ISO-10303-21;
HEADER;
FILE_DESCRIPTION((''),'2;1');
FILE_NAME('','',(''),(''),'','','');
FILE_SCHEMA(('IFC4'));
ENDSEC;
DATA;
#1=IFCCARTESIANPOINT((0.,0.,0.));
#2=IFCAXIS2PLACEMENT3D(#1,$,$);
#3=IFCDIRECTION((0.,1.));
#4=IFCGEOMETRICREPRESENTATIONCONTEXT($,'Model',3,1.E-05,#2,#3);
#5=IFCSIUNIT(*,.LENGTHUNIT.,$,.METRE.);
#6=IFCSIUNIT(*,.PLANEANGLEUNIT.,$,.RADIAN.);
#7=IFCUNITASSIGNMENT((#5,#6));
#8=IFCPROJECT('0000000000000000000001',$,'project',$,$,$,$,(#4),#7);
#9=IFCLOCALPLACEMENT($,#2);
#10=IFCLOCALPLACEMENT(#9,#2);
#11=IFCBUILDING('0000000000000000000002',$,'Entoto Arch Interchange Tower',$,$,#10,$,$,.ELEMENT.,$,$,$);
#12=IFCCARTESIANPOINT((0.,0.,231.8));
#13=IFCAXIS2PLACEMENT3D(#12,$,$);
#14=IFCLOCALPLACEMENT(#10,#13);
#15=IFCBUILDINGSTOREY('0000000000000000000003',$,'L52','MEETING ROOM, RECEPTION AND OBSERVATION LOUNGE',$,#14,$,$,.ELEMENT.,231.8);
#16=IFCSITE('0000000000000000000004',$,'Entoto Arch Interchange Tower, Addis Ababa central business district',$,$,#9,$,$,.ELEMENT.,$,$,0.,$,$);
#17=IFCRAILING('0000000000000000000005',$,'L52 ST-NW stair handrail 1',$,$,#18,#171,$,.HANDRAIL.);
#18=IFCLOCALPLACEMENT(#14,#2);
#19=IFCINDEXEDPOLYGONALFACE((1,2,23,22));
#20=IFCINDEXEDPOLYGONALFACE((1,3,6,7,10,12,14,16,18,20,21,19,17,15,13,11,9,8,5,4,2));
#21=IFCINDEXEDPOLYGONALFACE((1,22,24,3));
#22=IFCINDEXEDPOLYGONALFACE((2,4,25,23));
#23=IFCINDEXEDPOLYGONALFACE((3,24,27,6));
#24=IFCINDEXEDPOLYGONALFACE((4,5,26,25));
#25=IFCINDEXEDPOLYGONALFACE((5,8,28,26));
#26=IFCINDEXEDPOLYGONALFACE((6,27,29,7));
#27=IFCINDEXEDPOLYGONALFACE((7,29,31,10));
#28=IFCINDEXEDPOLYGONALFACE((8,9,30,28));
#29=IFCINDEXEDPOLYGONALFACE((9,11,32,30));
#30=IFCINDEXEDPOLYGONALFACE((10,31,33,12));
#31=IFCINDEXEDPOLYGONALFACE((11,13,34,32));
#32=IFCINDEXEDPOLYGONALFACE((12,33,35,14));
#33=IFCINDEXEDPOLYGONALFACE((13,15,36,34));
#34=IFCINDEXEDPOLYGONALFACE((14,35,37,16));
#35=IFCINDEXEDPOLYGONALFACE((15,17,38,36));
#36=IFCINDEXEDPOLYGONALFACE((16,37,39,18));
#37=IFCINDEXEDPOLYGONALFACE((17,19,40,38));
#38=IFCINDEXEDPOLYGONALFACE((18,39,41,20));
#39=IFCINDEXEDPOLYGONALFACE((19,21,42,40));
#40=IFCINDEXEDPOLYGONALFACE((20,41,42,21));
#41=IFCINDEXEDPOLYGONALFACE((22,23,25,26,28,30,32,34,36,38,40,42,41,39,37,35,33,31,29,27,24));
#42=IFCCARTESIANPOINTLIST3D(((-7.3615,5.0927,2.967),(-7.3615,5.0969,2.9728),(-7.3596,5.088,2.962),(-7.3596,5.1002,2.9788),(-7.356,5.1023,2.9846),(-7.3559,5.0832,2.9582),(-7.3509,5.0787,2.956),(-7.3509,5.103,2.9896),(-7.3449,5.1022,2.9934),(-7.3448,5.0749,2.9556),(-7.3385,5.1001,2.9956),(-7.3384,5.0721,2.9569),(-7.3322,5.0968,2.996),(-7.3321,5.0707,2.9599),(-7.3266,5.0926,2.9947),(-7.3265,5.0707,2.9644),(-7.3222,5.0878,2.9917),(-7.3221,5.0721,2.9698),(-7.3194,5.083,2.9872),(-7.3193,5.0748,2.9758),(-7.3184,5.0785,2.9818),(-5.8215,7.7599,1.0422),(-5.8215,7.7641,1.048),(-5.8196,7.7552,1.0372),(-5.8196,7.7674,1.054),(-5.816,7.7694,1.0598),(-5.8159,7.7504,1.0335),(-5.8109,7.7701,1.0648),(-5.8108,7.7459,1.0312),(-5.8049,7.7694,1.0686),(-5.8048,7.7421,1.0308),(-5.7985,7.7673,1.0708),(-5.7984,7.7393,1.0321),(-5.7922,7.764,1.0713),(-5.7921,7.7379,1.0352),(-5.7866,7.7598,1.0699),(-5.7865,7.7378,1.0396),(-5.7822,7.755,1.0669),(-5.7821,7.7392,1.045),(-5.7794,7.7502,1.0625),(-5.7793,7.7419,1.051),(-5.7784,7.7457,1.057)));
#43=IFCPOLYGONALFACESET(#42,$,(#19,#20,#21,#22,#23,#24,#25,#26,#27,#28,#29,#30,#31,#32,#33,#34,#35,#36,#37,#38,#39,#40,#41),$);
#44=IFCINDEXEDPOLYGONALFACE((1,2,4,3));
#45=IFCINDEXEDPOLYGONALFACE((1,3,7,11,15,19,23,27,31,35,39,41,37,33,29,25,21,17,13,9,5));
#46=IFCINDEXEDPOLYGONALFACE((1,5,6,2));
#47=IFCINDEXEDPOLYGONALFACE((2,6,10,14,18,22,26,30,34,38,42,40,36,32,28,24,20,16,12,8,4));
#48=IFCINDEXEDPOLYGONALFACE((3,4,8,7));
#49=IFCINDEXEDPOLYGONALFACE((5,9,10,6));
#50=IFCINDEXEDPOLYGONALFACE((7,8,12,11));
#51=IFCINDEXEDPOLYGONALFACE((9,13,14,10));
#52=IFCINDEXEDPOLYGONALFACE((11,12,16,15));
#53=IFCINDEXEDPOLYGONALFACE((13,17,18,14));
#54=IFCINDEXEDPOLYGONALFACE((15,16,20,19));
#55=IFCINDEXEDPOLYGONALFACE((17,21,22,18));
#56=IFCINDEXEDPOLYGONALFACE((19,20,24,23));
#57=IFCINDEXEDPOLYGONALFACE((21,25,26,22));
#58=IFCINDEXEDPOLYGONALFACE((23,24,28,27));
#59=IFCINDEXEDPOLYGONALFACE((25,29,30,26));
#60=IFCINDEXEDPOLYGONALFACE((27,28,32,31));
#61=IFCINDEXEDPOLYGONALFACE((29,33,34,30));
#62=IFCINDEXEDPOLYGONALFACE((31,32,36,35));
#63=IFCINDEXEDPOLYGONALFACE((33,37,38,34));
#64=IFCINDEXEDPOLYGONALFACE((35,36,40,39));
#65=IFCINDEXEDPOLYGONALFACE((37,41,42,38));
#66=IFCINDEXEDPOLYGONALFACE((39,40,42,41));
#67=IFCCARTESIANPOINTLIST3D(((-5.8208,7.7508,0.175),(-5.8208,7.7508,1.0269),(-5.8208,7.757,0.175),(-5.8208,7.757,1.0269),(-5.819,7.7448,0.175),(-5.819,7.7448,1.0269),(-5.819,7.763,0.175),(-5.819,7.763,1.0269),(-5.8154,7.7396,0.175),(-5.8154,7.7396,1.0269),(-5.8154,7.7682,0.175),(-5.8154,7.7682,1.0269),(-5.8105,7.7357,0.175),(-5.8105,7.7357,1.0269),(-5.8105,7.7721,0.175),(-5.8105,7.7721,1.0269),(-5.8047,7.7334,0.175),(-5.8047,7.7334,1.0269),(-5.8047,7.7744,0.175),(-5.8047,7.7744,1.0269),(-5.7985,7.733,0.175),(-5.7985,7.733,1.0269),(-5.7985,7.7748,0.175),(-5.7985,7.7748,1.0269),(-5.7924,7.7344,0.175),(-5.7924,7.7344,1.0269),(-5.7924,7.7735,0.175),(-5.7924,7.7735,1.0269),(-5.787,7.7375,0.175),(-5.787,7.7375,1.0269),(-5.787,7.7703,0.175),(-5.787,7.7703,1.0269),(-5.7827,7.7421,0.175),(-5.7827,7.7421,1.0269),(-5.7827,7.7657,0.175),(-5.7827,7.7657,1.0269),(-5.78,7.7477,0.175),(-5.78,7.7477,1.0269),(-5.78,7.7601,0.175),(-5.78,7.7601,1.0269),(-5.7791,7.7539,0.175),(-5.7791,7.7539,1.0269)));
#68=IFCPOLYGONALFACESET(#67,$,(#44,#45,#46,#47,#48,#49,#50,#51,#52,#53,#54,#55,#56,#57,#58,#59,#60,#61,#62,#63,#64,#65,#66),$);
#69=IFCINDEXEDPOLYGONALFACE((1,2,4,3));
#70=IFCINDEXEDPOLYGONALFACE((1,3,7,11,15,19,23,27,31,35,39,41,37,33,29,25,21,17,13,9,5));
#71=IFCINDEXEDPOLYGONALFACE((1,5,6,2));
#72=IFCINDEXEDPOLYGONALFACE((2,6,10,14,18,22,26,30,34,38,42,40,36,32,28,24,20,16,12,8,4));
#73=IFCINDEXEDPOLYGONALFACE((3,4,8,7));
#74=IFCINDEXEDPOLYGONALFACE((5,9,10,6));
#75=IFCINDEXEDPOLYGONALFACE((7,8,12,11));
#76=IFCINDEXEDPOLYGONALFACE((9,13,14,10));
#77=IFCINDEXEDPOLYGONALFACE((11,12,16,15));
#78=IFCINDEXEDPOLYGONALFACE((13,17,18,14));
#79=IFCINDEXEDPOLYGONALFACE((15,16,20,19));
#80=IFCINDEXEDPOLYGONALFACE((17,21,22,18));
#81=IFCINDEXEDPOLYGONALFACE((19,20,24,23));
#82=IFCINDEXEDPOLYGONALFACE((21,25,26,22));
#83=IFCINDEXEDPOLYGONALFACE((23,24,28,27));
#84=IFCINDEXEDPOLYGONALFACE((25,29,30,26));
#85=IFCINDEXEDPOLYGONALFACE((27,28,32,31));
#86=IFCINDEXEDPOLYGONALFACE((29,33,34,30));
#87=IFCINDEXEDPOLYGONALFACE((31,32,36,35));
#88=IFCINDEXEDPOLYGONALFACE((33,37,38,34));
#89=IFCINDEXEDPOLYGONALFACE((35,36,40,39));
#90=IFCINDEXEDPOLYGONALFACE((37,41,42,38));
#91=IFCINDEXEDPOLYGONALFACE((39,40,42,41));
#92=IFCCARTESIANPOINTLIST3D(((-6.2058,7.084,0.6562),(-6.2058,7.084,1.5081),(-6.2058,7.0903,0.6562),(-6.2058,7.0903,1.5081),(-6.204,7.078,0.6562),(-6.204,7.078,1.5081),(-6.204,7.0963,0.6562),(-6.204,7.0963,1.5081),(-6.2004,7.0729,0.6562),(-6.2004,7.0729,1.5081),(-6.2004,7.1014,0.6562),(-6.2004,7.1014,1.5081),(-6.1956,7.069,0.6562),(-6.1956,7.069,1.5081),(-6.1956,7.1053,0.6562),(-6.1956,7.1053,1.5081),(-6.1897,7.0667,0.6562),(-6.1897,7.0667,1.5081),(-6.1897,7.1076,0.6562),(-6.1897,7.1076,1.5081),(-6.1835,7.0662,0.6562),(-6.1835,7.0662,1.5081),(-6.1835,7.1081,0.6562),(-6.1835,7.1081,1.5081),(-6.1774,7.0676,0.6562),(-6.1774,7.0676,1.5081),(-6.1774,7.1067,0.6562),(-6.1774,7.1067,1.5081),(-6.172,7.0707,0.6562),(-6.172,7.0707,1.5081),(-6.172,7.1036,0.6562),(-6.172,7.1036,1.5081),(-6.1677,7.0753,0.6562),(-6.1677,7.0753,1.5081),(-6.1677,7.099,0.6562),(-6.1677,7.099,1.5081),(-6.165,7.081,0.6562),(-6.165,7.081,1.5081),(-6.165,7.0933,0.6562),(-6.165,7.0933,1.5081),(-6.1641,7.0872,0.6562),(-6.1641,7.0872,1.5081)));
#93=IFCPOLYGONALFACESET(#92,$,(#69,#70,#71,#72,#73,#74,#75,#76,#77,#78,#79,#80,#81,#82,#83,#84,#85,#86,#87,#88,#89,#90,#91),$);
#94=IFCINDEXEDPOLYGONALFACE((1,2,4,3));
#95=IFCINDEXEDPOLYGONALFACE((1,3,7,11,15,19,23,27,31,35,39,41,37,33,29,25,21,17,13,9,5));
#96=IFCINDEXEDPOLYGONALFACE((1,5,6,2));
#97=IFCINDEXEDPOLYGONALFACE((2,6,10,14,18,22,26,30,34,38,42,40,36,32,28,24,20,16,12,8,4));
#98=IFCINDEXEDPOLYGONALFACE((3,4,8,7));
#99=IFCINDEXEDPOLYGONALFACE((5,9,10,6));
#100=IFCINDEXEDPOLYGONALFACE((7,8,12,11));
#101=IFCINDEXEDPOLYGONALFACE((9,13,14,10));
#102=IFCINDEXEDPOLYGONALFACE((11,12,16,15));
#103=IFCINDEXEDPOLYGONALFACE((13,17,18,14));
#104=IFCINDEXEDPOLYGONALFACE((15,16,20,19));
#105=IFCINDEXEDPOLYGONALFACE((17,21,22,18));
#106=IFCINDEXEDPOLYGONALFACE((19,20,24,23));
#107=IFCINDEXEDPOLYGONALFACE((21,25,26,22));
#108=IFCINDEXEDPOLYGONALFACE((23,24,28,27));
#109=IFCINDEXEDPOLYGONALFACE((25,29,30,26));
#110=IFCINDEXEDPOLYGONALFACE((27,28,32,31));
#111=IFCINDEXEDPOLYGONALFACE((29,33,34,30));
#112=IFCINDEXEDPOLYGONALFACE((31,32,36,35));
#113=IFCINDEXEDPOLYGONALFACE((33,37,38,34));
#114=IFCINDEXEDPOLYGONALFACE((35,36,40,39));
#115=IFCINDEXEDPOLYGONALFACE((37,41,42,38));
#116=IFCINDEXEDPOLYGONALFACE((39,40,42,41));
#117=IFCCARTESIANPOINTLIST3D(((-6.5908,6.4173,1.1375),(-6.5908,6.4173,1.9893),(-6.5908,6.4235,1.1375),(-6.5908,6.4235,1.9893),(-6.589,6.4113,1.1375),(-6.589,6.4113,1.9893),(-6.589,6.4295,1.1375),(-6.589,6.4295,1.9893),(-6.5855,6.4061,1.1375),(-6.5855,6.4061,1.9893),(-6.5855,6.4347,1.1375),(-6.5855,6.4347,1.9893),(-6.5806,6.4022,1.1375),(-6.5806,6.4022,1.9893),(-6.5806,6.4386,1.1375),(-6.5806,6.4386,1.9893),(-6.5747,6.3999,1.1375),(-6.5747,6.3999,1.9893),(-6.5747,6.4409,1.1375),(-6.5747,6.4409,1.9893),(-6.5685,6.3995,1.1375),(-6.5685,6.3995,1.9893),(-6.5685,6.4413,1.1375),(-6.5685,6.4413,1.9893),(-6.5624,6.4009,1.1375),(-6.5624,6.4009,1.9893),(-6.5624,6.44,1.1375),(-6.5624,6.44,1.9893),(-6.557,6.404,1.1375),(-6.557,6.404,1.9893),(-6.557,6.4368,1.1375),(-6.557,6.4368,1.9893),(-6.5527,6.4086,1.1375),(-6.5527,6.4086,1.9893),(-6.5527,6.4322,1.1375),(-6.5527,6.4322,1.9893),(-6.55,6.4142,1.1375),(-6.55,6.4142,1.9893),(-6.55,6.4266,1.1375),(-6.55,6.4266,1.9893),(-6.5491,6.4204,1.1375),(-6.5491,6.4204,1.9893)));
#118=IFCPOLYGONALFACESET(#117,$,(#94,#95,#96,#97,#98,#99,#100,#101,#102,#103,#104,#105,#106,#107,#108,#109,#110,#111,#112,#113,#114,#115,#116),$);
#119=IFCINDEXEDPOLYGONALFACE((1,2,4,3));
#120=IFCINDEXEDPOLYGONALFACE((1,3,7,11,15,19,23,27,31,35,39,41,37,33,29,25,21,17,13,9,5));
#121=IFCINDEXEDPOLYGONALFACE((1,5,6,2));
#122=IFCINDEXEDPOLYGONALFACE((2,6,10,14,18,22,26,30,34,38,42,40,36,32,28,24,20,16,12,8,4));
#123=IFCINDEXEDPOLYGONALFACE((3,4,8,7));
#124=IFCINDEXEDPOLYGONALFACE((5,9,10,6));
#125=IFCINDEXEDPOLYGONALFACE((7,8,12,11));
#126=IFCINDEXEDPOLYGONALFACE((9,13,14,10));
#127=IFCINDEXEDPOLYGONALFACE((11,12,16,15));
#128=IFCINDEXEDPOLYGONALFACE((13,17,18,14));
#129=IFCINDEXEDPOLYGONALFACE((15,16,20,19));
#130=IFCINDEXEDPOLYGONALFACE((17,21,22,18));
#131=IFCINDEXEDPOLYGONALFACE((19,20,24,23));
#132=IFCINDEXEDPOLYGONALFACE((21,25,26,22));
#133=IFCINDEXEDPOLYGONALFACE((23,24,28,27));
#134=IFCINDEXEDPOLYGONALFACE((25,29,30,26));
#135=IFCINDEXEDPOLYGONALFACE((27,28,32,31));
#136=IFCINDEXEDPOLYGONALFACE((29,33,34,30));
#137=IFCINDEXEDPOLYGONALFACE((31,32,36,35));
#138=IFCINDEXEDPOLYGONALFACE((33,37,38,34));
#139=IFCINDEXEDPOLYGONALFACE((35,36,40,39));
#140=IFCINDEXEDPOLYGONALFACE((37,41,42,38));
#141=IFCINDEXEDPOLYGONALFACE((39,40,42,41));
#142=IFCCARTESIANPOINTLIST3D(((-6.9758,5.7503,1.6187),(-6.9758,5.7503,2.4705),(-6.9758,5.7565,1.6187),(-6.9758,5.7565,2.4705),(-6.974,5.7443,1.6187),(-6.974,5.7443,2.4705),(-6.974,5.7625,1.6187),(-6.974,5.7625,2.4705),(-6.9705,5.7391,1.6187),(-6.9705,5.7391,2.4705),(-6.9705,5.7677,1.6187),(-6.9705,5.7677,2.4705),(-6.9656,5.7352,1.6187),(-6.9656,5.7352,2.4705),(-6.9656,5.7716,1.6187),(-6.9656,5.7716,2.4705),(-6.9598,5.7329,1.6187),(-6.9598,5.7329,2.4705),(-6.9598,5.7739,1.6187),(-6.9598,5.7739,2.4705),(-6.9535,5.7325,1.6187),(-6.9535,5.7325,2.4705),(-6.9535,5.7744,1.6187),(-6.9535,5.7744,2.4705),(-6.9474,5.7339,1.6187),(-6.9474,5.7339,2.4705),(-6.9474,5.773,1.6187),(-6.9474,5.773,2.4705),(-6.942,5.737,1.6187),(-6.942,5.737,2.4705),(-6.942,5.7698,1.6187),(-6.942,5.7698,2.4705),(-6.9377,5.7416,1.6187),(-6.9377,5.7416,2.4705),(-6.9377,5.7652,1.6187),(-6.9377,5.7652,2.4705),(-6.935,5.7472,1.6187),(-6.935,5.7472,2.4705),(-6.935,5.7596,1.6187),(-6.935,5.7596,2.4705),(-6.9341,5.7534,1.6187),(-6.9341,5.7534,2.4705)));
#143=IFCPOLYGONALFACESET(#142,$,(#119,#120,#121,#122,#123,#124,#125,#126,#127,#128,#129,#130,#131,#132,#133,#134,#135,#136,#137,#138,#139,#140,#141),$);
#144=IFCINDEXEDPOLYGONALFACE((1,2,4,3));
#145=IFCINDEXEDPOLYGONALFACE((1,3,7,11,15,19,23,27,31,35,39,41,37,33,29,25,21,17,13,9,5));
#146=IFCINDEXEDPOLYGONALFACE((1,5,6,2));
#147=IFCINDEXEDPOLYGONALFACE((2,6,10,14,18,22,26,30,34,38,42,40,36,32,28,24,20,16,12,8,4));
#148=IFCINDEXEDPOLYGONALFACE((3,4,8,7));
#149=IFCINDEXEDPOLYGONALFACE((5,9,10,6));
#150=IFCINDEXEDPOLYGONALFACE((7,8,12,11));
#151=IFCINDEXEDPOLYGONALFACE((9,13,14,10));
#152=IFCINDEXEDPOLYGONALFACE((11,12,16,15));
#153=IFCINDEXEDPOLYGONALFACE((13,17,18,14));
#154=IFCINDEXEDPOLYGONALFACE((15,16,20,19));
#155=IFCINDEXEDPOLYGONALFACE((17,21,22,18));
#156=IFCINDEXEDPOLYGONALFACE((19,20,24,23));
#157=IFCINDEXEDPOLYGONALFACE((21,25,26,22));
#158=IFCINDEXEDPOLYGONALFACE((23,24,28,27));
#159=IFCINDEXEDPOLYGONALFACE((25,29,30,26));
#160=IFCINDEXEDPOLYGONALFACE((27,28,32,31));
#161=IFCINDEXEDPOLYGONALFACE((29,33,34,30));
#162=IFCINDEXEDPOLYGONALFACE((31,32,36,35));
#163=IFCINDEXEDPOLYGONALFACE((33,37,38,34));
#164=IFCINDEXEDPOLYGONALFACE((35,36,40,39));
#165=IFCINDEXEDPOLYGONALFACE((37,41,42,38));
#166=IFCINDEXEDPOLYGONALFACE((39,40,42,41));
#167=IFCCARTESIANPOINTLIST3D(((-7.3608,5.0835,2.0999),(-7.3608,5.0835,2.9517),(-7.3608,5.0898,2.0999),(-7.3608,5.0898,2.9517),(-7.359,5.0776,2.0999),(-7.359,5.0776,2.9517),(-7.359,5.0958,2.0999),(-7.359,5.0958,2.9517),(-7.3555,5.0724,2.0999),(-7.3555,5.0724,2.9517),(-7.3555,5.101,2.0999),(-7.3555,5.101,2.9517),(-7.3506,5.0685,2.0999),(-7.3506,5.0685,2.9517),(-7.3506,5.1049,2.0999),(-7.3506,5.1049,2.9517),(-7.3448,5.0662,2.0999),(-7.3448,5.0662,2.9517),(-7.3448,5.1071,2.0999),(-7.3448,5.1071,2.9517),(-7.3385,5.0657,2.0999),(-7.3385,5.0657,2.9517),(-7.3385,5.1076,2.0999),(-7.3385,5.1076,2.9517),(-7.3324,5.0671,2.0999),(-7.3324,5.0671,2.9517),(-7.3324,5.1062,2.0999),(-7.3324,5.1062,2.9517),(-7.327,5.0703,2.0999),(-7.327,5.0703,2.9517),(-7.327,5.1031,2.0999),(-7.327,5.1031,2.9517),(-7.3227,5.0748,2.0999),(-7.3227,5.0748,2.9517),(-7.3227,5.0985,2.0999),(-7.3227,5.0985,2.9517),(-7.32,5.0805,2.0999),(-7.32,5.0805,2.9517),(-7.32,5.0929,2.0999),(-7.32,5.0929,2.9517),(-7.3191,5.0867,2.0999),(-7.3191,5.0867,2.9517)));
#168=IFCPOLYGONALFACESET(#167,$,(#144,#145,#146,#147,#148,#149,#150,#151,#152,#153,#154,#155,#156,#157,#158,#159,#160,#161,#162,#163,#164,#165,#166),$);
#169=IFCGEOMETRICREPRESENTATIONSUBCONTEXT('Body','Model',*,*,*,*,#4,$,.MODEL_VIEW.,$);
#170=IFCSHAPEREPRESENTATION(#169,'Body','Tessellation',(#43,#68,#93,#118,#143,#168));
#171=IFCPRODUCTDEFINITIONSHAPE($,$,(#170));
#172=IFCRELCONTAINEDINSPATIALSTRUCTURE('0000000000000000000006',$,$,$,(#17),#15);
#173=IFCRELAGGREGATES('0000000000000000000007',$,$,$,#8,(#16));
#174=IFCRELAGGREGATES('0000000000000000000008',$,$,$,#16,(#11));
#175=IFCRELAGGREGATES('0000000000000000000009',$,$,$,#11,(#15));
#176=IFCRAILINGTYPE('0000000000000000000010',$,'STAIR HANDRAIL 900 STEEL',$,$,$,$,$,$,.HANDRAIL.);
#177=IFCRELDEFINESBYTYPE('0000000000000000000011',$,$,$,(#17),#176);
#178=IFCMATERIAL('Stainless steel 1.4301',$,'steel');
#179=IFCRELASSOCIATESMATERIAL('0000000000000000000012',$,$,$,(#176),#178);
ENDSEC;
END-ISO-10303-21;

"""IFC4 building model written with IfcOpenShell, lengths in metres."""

from ifc_helpers import new_model, si_unit, direction, frame, origin, origin_2d, place, context, subcontext, project, spatial, circle, extrude, material, type_object, element, save


model = new_model("IFC4")

# Units and contexts
model_context = context("Model", 3, precision=1e-05, world=origin(), true_north=direction((0.0, 1.0)))
body_context = subcontext(model_context, "Body", "Model", "MODEL_VIEW")
ifc_project = project(units=[si_unit("LENGTHUNIT", "METRE"), si_unit("PLANEANGLEUNIT", "RADIAN")], contexts=[model_context])

# Site, building, storey
site_placement = place(None, origin())
site = spatial("IfcSite", under=ifc_project, at=site_placement, Name="Entoto Arch Interchange Tower, Addis Ababa central business district", CompositionType="ELEMENT", RefElevation=0.0)
building_placement = place(site_placement, origin())
building = spatial("IfcBuilding", under=site, at=building_placement, Name="Entoto Arch Interchange Tower", CompositionType="ELEMENT")
storey_placement = place(building_placement, frame((0.0, 0.0, 231.8)))
storey = spatial("IfcBuildingStorey", under=building, at=storey_placement, Name="L52", Description="MEETING ROOM, RECEPTION AND OBSERVATION LOUNGE", CompositionType="ELEMENT", Elevation=231.8)

# Railing
ifc_material_1 = material(Name="Stainless steel 1.4301", Category="steel")
railing_type_1 = type_object("IfcRailingType", Name="STAIR HANDRAIL 900 STEEL", PredefinedType="HANDRAIL", material=ifc_material_1)
railing_1_placement = place(storey_placement, frame((-5.8, 7.7539, 0.175)))
element("IfcRailing", 1, at=railing_1_placement, inside=storey, type_object=railing_type_1, Name="L52 ST-NW stair handrail 1", PredefinedType="HANDRAIL", context=body_context, shape_type="SweptSolid", body=[
    extrude(circle(Radius=0.0239, at=origin_2d()), frame((0.0, 0.0, 0.876), z_axis=(-0.424031, -0.73439, 0.529971), x_axis=(0.86601, -0.500027, 0.0)), (0.0, 0.0, 1.0), 3.6318),
    extrude(circle(Radius=0.021, at=origin_2d()), origin(), (0.0, 0.0, 1.0), 0.8518),
    extrude(circle(Radius=0.021, at=origin_2d()), frame((-0.385, -0.6667, 0.4812)), (0.0, 0.0, 1.0), 0.8518),
    extrude(circle(Radius=0.021, at=origin_2d()), frame((-0.77, -1.3335, 0.9624)), (0.0, 0.0, 1.0), 0.8518),
    extrude(circle(Radius=0.021, at=origin_2d()), frame((-1.155, -2.0005, 1.4436)), (0.0, 0.0, 1.0), 0.8518),
    extrude(circle(Radius=0.021, at=origin_2d()), frame((-1.54, -2.6672, 1.9248)), (0.0, 0.0, 1.0), 0.8518),
])

save(model, "model.ifc")
